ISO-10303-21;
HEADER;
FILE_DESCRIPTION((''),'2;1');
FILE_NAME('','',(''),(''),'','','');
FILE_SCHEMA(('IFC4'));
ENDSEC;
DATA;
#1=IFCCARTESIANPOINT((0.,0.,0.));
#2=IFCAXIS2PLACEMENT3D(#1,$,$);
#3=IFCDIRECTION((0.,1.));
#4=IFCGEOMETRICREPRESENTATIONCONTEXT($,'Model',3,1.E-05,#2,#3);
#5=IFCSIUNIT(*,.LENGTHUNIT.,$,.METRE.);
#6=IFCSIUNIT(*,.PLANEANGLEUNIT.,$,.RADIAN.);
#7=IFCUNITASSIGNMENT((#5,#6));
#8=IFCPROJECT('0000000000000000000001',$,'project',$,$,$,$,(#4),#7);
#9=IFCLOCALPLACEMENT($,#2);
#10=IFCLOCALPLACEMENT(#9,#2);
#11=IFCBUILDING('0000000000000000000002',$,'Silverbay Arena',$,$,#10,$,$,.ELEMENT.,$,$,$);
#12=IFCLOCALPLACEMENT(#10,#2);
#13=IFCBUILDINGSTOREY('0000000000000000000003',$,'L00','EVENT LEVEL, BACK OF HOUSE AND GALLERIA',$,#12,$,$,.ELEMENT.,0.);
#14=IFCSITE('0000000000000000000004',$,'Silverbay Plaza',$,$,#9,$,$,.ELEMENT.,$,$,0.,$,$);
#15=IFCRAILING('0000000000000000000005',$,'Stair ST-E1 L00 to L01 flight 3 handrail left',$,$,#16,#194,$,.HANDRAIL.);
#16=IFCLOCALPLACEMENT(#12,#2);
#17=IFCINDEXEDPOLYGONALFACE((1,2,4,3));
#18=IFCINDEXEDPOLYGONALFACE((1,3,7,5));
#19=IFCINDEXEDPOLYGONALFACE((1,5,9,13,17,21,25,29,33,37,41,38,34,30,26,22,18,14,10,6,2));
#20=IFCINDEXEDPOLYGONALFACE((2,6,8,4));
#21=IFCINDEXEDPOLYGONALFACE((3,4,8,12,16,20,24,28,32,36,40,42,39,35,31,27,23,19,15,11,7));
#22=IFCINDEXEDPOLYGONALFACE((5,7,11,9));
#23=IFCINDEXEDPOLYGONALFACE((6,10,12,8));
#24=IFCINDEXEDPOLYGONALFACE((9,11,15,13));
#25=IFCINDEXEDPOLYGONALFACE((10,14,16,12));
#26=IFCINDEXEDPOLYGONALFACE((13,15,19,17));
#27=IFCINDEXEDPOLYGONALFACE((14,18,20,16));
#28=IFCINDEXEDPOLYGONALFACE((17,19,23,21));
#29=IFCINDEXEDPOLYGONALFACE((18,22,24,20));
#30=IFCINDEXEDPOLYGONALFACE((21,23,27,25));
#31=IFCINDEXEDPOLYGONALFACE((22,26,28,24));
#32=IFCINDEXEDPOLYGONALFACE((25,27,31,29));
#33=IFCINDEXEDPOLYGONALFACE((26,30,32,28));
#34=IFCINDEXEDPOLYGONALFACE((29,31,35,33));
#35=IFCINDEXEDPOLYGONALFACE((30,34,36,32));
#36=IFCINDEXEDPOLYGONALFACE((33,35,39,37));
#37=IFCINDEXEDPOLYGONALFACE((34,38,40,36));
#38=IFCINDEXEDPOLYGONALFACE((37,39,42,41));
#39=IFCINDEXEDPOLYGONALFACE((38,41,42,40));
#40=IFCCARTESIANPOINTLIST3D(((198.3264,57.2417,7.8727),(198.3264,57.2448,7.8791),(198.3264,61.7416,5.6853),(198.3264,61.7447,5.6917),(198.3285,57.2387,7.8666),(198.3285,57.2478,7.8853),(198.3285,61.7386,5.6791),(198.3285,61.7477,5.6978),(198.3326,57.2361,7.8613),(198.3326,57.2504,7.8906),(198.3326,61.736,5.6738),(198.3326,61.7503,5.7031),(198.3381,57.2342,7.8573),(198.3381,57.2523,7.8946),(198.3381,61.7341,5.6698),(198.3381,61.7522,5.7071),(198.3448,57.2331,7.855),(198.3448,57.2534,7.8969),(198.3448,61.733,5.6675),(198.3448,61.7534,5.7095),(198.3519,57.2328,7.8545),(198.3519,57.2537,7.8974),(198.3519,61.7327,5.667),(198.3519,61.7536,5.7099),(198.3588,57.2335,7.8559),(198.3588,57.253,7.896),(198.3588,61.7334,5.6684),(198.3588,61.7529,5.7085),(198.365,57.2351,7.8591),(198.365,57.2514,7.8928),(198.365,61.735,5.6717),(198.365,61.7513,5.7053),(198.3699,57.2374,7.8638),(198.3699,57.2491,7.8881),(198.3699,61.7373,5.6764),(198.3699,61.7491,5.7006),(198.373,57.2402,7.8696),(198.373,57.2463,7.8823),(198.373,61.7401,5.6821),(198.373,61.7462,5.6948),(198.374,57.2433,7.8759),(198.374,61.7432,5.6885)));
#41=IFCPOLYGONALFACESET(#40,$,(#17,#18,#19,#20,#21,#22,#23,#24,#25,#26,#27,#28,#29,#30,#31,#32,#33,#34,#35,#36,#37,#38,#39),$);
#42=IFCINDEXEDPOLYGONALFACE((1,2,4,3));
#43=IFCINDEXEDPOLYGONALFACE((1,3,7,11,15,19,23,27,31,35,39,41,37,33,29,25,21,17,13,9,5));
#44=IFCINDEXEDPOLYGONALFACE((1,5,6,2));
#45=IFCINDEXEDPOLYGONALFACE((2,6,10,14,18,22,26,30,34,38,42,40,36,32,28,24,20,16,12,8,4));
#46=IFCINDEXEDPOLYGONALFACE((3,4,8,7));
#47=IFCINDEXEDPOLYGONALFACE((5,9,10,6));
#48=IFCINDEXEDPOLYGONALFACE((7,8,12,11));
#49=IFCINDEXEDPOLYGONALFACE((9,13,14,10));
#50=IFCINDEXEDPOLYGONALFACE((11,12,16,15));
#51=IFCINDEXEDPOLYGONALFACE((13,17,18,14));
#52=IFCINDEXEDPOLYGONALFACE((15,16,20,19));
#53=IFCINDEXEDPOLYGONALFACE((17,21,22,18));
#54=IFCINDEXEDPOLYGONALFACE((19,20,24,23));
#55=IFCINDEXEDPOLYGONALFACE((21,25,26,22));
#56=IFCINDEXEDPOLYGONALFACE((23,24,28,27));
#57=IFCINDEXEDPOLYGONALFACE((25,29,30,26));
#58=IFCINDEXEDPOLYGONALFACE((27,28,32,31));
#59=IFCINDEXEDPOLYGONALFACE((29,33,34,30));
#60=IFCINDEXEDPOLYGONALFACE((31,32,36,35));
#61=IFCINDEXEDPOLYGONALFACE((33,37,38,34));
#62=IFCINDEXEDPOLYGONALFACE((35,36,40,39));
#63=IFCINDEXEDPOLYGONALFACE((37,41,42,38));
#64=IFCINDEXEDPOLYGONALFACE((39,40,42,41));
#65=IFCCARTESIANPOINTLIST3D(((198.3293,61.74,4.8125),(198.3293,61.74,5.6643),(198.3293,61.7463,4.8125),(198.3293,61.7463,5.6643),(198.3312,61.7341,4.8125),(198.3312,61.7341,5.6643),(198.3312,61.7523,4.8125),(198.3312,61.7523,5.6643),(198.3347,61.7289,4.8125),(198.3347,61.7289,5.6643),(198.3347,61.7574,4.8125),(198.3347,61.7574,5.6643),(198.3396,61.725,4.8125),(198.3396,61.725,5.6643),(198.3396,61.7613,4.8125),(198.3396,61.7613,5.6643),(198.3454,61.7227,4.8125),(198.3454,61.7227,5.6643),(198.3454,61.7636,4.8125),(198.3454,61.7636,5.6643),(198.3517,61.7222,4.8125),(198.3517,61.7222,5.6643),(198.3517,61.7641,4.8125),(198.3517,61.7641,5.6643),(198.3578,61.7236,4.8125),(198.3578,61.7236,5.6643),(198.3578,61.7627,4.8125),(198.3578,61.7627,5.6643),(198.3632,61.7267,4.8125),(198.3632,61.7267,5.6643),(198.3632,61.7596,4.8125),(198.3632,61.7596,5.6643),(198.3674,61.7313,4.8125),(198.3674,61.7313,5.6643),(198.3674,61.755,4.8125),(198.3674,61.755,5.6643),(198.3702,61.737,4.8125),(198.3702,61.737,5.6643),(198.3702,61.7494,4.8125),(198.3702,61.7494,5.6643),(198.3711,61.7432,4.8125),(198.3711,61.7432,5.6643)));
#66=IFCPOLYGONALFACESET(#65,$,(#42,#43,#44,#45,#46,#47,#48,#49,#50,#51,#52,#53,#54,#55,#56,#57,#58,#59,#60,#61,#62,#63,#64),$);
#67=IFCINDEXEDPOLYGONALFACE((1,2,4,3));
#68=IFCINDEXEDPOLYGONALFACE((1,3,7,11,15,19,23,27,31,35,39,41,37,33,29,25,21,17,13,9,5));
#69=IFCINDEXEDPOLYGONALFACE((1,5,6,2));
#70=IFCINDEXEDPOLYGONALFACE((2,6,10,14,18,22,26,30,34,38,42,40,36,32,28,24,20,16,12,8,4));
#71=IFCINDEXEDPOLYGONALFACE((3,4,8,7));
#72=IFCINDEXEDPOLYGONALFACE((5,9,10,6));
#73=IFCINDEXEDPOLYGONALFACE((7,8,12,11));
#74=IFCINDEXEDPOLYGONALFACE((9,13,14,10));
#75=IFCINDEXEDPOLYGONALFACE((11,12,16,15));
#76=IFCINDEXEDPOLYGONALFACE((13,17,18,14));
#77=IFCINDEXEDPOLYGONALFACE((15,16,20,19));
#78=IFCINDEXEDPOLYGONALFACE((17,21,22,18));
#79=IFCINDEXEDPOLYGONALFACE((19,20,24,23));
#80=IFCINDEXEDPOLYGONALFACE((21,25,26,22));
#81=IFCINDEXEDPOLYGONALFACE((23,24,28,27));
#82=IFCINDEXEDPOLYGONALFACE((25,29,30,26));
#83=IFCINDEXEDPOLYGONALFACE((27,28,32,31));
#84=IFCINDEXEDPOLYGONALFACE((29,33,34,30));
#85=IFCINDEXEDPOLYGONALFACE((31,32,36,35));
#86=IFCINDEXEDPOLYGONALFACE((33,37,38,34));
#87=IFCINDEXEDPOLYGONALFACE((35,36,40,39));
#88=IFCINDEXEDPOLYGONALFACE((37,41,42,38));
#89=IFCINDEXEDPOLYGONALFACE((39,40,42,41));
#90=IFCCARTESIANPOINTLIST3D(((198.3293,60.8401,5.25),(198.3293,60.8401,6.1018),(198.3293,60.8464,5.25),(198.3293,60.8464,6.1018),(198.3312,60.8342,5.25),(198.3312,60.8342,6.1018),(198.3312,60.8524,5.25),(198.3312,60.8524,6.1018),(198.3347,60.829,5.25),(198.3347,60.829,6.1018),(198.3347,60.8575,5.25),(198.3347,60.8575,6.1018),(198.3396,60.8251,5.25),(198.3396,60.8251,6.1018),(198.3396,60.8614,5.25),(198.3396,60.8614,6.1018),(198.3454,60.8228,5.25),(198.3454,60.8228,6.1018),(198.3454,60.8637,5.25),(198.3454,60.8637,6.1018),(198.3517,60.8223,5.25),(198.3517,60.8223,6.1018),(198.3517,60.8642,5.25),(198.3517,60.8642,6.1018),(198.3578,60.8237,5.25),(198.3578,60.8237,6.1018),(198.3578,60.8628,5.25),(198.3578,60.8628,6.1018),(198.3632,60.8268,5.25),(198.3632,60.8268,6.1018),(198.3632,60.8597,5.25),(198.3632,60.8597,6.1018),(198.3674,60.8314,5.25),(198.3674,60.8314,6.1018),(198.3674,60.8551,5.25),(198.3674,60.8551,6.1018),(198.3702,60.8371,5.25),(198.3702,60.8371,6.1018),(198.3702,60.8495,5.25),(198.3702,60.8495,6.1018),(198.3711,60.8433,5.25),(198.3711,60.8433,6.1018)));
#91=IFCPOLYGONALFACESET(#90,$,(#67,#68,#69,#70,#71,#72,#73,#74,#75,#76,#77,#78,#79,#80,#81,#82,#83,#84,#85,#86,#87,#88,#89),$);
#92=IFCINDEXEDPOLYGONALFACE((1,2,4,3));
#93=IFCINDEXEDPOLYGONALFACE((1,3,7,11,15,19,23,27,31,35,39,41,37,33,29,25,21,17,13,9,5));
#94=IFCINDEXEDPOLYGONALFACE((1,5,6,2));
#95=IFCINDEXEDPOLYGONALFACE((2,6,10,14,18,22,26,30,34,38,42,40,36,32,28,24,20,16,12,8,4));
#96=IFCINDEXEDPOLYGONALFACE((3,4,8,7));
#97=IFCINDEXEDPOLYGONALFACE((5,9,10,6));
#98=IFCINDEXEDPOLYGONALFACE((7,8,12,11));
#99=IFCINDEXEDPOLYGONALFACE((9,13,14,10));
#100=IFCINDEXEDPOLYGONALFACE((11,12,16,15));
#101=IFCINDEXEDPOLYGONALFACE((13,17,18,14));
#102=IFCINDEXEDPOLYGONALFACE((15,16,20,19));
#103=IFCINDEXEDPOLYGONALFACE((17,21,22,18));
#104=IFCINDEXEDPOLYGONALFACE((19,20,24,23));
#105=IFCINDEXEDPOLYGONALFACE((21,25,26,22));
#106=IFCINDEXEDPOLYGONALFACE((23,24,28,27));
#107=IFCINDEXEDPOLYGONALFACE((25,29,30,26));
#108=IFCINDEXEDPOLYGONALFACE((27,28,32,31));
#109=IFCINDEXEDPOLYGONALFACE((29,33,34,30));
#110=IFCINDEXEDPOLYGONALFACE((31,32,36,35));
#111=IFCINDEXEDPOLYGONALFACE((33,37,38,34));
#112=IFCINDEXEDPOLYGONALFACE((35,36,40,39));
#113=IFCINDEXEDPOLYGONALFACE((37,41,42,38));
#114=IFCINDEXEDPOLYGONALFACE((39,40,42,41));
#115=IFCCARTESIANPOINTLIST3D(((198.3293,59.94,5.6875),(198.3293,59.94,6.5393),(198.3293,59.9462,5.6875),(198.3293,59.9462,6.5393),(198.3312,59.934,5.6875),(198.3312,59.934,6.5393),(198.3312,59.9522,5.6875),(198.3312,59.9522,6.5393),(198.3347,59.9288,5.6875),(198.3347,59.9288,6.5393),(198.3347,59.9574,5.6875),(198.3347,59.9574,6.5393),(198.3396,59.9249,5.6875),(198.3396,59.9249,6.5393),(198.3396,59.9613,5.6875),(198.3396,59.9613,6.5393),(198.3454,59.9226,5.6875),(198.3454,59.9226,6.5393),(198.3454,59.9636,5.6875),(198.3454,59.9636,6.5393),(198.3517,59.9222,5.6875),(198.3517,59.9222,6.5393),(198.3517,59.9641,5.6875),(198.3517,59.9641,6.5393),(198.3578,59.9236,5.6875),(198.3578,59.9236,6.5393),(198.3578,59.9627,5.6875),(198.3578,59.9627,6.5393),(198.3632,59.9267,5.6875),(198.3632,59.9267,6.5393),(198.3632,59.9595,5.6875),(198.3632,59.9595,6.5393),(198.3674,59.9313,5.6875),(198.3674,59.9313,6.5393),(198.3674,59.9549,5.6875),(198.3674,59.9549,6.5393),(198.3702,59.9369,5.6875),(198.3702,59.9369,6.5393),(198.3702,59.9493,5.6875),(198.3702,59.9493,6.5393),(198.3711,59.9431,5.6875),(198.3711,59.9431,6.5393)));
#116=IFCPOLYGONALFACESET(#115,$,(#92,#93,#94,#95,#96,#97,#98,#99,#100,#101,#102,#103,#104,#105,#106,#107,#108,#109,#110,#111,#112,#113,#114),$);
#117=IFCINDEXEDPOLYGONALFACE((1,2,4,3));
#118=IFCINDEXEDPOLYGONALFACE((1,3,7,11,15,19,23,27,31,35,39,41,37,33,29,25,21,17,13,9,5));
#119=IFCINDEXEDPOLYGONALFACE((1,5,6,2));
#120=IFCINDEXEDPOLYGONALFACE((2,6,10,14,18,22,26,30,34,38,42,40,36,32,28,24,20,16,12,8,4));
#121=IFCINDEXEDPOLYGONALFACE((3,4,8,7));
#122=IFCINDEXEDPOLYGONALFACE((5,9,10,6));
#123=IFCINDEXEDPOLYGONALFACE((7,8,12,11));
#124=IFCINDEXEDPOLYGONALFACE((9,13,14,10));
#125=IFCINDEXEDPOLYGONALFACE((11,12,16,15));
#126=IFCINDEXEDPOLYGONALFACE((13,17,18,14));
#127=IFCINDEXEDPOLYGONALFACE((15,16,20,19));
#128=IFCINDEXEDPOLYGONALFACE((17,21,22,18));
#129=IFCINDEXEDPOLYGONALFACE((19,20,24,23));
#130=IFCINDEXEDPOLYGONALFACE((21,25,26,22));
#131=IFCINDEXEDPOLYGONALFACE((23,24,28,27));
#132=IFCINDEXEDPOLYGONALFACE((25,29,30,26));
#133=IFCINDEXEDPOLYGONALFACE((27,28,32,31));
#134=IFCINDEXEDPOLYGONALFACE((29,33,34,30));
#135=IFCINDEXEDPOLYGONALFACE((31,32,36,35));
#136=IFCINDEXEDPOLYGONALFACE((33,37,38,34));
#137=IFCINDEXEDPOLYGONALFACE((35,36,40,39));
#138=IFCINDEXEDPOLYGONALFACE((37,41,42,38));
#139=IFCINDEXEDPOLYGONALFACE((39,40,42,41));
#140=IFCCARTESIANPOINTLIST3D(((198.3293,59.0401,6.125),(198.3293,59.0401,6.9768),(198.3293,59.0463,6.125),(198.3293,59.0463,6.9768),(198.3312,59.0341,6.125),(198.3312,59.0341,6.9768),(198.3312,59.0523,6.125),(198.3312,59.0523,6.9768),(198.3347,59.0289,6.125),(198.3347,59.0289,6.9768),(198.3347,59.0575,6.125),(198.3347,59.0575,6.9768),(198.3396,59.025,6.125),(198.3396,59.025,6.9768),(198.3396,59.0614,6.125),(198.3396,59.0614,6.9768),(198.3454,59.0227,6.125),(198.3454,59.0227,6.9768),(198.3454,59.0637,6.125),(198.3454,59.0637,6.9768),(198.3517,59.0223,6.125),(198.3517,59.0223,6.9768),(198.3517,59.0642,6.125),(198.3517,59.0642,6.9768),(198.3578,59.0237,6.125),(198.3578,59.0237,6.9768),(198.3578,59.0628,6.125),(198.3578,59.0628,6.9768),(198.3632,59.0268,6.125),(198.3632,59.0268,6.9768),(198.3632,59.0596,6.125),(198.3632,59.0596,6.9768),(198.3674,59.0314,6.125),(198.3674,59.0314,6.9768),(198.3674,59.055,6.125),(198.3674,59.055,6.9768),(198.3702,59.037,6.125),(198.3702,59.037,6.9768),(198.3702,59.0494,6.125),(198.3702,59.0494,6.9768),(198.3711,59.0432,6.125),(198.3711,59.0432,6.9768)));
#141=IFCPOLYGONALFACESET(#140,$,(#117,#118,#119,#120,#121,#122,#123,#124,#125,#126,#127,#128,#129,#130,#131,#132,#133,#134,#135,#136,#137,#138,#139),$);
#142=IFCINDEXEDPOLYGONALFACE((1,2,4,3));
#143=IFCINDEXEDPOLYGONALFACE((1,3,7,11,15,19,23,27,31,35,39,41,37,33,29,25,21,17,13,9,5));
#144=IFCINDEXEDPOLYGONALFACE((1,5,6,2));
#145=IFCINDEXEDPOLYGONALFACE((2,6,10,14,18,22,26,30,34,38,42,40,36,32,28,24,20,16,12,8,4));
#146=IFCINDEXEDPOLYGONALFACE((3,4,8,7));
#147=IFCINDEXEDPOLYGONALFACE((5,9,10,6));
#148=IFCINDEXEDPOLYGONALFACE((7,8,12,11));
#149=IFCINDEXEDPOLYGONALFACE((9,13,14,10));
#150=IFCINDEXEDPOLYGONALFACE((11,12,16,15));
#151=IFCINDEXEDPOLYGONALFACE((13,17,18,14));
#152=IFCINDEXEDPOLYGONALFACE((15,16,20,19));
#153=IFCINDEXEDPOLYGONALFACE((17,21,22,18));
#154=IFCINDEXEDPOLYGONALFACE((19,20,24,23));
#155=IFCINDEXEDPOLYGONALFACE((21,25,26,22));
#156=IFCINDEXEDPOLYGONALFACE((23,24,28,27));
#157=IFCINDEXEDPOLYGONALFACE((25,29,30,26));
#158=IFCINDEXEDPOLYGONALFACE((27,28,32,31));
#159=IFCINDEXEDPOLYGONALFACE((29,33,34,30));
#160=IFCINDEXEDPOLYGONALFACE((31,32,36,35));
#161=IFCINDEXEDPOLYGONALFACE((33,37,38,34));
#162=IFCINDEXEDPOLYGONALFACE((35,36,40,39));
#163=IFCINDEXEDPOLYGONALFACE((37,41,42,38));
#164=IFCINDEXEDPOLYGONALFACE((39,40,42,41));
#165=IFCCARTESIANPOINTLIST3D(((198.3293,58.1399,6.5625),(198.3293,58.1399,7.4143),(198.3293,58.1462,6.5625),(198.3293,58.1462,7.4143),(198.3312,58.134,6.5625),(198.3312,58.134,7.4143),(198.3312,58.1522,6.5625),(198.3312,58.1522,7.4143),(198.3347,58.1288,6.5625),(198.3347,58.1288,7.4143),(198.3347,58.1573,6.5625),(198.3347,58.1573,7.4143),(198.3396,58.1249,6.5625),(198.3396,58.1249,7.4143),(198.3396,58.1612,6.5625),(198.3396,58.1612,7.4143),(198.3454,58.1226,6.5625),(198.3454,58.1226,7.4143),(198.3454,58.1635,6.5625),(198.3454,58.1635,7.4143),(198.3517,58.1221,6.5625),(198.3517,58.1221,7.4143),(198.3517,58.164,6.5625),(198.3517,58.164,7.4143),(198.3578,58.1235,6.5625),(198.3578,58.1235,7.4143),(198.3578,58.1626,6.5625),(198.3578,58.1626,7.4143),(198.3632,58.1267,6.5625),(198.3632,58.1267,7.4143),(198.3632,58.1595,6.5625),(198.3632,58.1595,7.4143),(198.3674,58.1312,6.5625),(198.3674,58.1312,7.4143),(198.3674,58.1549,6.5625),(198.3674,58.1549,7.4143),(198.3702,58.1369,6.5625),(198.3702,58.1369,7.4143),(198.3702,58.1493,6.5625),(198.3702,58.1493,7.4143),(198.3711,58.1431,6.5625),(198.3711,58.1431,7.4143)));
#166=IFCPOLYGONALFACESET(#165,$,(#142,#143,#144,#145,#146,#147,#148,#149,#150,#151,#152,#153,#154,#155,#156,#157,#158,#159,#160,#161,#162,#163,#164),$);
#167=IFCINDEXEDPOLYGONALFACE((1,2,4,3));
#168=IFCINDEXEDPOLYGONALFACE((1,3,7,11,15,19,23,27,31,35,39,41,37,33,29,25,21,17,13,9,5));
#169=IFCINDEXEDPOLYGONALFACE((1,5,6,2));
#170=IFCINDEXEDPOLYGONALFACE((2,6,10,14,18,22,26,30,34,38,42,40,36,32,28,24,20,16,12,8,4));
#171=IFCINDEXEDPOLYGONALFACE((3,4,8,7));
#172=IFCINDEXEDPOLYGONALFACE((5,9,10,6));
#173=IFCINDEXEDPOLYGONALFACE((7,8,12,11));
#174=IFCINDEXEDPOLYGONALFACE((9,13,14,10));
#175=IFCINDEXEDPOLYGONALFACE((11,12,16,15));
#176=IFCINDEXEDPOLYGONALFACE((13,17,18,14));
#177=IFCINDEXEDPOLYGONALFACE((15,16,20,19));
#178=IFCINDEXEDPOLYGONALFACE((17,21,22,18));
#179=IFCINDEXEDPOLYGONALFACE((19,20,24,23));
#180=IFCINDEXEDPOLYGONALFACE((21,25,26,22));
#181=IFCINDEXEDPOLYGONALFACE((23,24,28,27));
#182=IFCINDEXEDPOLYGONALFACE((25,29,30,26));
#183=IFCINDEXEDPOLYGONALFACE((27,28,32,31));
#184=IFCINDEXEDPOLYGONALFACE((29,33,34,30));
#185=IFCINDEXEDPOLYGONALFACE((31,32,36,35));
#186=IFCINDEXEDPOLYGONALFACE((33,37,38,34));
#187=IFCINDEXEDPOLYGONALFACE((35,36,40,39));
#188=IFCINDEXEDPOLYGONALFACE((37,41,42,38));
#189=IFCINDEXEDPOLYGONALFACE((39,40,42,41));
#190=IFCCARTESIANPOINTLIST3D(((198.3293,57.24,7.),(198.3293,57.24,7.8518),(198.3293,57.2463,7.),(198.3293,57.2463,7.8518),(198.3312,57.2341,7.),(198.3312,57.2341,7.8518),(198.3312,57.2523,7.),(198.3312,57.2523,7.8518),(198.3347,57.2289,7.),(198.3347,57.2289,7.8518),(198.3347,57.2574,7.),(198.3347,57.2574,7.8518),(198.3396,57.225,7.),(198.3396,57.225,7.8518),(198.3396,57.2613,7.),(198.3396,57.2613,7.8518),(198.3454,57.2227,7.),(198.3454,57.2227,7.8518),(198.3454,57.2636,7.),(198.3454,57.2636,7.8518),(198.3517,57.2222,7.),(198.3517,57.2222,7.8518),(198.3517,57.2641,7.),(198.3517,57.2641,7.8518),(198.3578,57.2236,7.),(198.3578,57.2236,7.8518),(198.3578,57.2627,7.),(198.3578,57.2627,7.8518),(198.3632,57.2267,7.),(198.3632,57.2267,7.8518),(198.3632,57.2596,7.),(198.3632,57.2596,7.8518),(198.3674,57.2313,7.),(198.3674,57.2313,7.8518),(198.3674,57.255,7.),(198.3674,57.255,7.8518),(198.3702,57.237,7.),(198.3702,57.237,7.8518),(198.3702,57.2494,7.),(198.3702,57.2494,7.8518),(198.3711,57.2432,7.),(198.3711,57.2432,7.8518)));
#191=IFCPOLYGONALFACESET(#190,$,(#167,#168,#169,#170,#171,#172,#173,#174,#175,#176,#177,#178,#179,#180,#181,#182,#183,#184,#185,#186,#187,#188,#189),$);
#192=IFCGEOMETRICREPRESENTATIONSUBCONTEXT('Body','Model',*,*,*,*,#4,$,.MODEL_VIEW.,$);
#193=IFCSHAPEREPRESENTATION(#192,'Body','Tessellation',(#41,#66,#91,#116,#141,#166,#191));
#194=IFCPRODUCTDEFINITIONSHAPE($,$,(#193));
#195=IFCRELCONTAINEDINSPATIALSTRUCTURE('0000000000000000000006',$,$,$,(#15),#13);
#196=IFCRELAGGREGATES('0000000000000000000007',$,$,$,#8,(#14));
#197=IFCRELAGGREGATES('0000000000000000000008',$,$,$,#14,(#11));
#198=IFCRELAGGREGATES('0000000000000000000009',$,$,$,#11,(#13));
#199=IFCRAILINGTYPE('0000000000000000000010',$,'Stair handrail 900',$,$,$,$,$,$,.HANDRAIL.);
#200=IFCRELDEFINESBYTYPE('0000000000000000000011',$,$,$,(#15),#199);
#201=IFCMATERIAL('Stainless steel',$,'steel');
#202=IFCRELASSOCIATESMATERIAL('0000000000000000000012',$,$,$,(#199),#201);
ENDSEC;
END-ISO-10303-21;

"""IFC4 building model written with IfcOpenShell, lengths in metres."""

from ifc_helpers import new_model, si_unit, direction, frame, origin, origin_2d, place, context, subcontext, project, spatial, circle, extrude, material, type_object, element, save


model = new_model("IFC4")

# Units and contexts
model_context = context("Model", 3, precision=1e-05, world=origin(), true_north=direction((0.0, 1.0)))
body_context = subcontext(model_context, "Body", "Model", "MODEL_VIEW")
ifc_project = project(units=[si_unit("LENGTHUNIT", "METRE"), si_unit("PLANEANGLEUNIT", "RADIAN")], contexts=[model_context])

# Site, building, storey
site_placement = place(None, origin())
site = spatial("IfcSite", under=ifc_project, at=site_placement, Name="Silverbay Plaza", CompositionType="ELEMENT", RefElevation=0.0)
building_placement = place(site_placement, origin())
building = spatial("IfcBuilding", under=site, at=building_placement, Name="Silverbay Arena", CompositionType="ELEMENT")
storey_placement = place(building_placement, origin())
storey = spatial("IfcBuildingStorey", under=building, at=storey_placement, Name="L00", Description="EVENT LEVEL, BACK OF HOUSE AND GALLERIA", CompositionType="ELEMENT", Elevation=0.0)

# Railing
ifc_material_1 = material(Name="Stainless steel", Category="steel")
railing_type_1 = type_object("IfcRailingType", Name="Stair handrail 900", PredefinedType="HANDRAIL", material=ifc_material_1)
railing_1_placement = place(storey_placement, frame((198.3501, 61.7432, 4.8125)))
element("IfcRailing", 1, at=railing_1_placement, inside=storey, type_object=railing_type_1, Name="Stair ST-E1 L00 to L01 flight 3 handrail left", PredefinedType="HANDRAIL", context=body_context, shape_type="SweptSolid", body=[
    extrude(circle(Radius=0.0239, at=origin_2d()), frame((0.0, 0.0, 0.876), z_axis=(0.0, -0.899368, 0.437193), x_axis=(1.0, 0.0, 0.0)), (0.0, 0.0, 1.0), 5.0034),
    extrude(circle(Radius=0.021, at=origin_2d()), origin(), (0.0, 0.0, 1.0), 0.8518),
    extrude(circle(Radius=0.021, at=origin_2d()), frame((0.0, -0.8999, 0.4375)), (0.0, 0.0, 1.0), 0.8518),
    extrude(circle(Radius=0.021, at=origin_2d()), frame((0.0, -1.8, 0.875)), (0.0, 0.0, 1.0), 0.8518),
    extrude(circle(Radius=0.021, at=origin_2d()), frame((0.0, -2.7, 1.3125)), (0.0, 0.0, 1.0), 0.8518),
    extrude(circle(Radius=0.021, at=origin_2d()), frame((0.0, -3.6001, 1.75)), (0.0, 0.0, 1.0), 0.8518),
    extrude(circle(Radius=0.021, at=origin_2d()), frame((0.0, -4.5, 2.1875)), (0.0, 0.0, 1.0), 0.8518),
])

save(model, "model.ifc")
